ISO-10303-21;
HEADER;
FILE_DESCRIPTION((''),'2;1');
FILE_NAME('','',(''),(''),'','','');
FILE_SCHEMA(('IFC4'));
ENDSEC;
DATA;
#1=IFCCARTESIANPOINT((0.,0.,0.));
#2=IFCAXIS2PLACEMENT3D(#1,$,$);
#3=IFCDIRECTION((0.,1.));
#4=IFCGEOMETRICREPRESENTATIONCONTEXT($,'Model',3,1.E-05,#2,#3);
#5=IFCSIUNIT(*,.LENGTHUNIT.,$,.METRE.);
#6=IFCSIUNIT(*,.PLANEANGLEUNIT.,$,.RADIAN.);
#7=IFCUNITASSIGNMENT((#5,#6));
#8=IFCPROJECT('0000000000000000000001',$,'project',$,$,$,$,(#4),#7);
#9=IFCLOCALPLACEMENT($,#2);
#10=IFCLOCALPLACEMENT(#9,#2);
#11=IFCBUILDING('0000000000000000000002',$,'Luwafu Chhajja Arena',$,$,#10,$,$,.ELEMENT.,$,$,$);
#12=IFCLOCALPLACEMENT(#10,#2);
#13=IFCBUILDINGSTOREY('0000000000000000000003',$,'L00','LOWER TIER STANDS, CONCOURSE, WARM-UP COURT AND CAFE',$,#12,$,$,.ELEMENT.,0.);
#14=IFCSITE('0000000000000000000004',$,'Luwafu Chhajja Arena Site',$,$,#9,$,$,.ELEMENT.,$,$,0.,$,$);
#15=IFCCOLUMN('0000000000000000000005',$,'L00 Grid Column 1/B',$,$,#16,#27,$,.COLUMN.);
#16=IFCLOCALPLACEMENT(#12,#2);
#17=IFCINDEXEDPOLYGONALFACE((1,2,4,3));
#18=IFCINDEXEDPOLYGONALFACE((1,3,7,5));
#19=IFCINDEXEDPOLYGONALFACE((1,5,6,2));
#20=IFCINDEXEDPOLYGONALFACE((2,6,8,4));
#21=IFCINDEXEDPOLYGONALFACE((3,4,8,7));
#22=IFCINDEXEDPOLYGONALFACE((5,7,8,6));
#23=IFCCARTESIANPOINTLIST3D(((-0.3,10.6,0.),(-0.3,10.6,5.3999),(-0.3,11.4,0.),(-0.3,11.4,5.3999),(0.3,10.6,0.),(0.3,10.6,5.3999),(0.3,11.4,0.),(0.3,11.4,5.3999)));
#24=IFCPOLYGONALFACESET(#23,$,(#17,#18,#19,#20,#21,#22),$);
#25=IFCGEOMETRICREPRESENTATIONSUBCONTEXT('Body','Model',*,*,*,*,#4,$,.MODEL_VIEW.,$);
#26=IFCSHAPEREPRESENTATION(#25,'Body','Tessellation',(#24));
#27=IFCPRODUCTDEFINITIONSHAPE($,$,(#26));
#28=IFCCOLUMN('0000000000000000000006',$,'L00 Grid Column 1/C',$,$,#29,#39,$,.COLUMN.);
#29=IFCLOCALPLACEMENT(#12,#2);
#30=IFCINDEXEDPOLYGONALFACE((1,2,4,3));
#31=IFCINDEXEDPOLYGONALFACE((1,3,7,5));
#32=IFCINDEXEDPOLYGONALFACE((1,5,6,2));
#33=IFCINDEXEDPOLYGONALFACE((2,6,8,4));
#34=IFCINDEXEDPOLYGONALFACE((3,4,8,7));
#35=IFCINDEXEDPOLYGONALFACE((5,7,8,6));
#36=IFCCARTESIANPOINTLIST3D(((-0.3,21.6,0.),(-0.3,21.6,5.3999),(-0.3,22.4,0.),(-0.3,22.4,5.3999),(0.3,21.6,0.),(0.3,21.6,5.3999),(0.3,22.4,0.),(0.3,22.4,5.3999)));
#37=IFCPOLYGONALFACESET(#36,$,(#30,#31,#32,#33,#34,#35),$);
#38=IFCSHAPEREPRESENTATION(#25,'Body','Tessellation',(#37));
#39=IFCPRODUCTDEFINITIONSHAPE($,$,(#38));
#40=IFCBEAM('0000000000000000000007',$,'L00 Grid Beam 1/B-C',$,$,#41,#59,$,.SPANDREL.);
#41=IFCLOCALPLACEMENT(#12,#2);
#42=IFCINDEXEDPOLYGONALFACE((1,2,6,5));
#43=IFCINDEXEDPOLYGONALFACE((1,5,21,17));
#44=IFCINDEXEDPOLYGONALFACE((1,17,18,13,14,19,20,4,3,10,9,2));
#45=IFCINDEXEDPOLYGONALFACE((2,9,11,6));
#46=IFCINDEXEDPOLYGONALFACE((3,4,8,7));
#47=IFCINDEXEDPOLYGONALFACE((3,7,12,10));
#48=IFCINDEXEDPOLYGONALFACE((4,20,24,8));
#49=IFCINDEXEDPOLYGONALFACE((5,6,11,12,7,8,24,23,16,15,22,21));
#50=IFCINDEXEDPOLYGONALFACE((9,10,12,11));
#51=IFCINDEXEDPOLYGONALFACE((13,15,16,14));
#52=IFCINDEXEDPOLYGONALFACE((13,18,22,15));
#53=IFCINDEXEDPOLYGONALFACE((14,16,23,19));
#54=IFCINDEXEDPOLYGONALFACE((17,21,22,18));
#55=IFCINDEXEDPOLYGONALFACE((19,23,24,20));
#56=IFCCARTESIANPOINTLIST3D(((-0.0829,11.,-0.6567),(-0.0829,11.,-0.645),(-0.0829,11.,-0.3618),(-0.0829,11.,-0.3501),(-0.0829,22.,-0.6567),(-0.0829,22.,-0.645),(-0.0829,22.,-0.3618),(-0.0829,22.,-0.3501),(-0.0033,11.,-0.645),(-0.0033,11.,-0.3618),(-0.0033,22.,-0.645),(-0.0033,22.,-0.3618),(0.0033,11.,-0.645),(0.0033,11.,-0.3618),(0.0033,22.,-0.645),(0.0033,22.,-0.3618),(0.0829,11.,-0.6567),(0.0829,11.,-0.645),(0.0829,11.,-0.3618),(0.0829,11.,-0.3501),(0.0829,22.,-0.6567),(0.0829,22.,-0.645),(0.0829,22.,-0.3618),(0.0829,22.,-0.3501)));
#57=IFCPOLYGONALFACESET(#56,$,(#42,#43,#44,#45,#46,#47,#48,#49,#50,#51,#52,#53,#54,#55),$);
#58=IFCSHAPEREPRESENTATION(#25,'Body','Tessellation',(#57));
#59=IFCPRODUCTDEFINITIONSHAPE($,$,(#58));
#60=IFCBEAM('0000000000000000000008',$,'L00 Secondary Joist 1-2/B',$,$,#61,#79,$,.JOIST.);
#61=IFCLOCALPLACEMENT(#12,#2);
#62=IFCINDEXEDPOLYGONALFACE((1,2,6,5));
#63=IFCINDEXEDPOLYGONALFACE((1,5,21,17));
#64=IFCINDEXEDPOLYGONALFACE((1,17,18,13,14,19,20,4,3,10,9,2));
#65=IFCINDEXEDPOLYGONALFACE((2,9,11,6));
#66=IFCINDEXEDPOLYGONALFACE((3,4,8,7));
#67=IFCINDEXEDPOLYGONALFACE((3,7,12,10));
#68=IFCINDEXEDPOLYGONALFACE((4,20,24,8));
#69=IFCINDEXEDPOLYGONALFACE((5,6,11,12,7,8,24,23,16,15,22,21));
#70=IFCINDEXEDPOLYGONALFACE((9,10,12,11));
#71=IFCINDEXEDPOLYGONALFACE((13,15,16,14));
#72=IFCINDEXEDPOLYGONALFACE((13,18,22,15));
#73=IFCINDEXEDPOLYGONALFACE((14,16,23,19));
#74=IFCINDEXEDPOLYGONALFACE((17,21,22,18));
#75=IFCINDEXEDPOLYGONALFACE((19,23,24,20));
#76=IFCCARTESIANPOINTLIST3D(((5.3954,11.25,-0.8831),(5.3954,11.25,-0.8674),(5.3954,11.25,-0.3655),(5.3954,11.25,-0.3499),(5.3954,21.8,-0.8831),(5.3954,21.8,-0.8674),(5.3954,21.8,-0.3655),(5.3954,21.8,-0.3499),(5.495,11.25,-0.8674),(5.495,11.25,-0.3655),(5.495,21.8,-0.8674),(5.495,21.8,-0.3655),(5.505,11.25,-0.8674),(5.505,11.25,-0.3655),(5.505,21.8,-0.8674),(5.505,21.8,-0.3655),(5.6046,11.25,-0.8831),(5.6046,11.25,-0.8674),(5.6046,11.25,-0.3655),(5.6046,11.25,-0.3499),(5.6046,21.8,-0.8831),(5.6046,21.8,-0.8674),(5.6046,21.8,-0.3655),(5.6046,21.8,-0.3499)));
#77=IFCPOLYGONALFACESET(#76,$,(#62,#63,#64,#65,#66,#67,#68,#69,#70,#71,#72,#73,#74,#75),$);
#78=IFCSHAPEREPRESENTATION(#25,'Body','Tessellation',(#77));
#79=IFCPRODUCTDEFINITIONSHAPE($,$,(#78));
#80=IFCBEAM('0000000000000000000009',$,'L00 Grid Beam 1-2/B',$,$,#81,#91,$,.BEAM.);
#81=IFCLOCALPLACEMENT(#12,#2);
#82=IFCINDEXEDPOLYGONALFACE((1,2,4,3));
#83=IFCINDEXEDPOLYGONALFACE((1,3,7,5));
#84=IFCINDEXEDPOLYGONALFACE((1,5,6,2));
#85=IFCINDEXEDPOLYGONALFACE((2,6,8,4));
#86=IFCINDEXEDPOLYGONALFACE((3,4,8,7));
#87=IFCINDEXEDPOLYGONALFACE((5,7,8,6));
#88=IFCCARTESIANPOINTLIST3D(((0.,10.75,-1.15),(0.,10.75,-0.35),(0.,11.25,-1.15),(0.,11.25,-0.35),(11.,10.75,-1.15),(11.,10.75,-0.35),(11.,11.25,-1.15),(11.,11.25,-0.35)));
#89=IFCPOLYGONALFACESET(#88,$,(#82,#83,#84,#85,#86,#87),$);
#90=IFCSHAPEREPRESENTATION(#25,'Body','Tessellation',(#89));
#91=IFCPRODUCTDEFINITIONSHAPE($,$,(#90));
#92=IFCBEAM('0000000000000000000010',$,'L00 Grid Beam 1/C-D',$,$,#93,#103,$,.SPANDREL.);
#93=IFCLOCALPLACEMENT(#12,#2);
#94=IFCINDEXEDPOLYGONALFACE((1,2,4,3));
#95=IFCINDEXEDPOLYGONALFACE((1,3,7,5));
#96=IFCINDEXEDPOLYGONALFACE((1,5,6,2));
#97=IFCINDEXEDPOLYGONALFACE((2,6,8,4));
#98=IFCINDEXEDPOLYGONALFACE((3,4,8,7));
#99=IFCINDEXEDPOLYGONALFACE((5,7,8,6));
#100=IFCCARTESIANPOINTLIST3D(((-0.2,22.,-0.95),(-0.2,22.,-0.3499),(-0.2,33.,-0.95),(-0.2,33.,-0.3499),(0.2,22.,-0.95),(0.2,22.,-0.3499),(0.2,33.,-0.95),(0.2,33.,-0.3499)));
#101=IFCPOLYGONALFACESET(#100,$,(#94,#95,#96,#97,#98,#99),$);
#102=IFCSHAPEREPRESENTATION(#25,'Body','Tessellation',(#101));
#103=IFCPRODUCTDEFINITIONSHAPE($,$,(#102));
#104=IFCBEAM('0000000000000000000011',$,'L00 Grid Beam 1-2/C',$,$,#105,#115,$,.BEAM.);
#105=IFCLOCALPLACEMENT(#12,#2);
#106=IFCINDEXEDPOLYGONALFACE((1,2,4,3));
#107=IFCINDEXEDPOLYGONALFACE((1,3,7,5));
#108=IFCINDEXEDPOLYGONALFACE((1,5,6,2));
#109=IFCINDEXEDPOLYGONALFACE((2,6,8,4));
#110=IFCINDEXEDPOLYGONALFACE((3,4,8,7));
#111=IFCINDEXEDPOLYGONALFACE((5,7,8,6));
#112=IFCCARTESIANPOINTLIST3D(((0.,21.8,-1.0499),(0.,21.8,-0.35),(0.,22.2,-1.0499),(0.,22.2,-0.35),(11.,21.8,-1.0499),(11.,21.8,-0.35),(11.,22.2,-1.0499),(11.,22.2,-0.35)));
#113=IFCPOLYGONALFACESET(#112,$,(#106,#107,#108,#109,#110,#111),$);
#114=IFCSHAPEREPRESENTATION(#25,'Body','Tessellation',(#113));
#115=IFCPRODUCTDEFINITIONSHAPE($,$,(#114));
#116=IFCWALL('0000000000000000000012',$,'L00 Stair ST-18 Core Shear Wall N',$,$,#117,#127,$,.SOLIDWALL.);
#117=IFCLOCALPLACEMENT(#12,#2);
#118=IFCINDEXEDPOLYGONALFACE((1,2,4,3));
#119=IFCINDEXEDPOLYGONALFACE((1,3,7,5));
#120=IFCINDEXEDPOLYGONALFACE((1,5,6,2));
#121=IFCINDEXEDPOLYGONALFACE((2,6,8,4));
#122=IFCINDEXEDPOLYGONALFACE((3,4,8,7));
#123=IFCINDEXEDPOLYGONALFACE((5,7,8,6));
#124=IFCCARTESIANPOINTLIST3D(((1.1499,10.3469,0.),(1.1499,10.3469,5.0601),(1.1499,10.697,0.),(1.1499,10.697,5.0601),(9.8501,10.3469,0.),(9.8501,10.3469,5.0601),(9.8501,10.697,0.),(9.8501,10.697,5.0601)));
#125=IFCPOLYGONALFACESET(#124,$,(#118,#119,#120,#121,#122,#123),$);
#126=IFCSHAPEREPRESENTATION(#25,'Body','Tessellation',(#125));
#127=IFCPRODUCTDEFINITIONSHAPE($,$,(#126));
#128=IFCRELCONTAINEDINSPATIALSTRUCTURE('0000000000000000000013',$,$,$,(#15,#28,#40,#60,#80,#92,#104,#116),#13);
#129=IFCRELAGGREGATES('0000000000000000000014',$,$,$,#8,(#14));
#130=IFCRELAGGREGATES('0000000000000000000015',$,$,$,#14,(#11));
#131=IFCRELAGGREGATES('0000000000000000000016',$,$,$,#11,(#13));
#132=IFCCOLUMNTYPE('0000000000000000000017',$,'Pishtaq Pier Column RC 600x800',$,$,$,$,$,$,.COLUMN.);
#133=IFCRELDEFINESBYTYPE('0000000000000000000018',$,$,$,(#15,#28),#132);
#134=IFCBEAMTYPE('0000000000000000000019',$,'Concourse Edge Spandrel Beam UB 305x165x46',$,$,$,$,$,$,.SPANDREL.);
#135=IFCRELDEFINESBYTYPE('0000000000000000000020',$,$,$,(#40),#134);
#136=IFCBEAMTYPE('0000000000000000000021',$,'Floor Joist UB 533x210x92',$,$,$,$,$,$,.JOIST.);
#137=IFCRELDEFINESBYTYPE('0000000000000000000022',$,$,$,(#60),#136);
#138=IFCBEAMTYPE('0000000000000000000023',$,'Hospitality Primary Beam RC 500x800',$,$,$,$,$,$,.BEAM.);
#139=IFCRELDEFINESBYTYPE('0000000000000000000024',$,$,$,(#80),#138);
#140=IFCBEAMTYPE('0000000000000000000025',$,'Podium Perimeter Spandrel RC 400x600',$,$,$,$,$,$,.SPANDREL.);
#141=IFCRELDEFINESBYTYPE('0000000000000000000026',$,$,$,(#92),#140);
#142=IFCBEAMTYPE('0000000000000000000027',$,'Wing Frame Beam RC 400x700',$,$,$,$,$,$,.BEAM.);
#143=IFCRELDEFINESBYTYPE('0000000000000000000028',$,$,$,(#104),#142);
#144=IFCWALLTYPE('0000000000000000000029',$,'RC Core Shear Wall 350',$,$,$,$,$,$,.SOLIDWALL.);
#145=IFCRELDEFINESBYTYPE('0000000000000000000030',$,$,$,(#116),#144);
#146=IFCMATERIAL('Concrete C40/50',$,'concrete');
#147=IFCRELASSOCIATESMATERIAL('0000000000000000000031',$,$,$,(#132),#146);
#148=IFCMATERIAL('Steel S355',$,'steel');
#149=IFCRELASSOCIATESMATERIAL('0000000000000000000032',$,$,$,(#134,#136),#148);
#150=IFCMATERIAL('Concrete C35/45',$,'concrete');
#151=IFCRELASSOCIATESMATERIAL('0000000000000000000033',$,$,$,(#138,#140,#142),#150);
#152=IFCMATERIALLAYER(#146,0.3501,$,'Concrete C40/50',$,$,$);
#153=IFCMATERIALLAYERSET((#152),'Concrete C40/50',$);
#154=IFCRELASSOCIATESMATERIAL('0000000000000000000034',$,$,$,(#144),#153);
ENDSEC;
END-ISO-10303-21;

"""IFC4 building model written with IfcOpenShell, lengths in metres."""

from ifc_helpers import new_model, si_unit, direction, frame, frame_2d, origin, origin_2d, place, context, subcontext, project, spatial, rectangle, i_section, extrude, material, layer, layer_set, material_profile, profile_set, type_object, element, save


model = new_model("IFC4")

# Units and contexts
model_context = context("Model", 3, precision=1e-05, world=origin(), true_north=direction((0.0, 1.0)))
body_context = subcontext(model_context, "Body", "Model", "MODEL_VIEW")
ifc_project = project(units=[si_unit("LENGTHUNIT", "METRE"), si_unit("PLANEANGLEUNIT", "RADIAN")], contexts=[model_context])

# Site, building, storey
site_placement = place(None, origin())
site = spatial("IfcSite", under=ifc_project, at=site_placement, Name="Luwafu Chhajja Arena Site", CompositionType="ELEMENT", RefElevation=0.0)
building_placement = place(site_placement, origin())
building = spatial("IfcBuilding", under=site, at=building_placement, Name="Luwafu Chhajja Arena", CompositionType="ELEMENT")
storey_placement = place(building_placement, origin())
storey = spatial("IfcBuildingStorey", under=building, at=storey_placement, Name="L00", Description="LOWER TIER STANDS, CONCOURSE, WARM-UP COURT AND CAFE", CompositionType="ELEMENT", Elevation=0.0)

# Columns
ifc_material_1 = material(Name="Concrete C40/50", Category="concrete")
ifc_material_profile_1 = material_profile(ifc_material_1, rectangle(XDim=0.6001, YDim=0.8, at=origin_2d()), Name="RC 600x800")
ifc_profile_set_1 = profile_set([ifc_material_profile_1], Name="Concrete C40/50")
column_type = type_object("IfcColumnType", Name="Pishtaq Pier Column RC 600x800", PredefinedType="COLUMN", material=ifc_profile_set_1)
for number, where, z_axis, x_axis, name in (
    (1, (0.0, 11.0, 0.0), (0.0, 0.0, 1.0), (1.0, 0.0, 0.0), "L00 Grid Column 1/B"),
    (2, (0.0, 22.0, 0.0), (0.0, 0.0, 1.0), (1.0, 0.0, 0.0), "L00 Grid Column 1/C"),
):
    element("IfcColumn", number, at=place(storey_placement, frame(where, z_axis=z_axis, x_axis=x_axis)), inside=storey, type_object=column_type, Name=name, PredefinedType="COLUMN", context=body_context, shape_type="SweptSolid", body=[
        extrude(rectangle(XDim=0.6001, YDim=0.8, at=origin_2d()), origin(), (0.0, 0.0, 1.0), 5.3999),
    ])

# Beams
ifc_material_2 = material(Name="Steel S355", Category="steel")
ifc_material_profile_2 = material_profile(ifc_material_2, i_section(OverallWidth=0.1658, OverallDepth=0.3066, WebThickness=0.0066, FlangeThickness=0.0117, at=origin_2d()), Name="UB 305x165x46")
ifc_profile_set_2 = profile_set([ifc_material_profile_2], Name="Steel S355")
beam_type_1 = type_object("IfcBeamType", Name="Concourse Edge Spandrel Beam UB 305x165x46", PredefinedType="SPANDREL", material=ifc_profile_set_2)
beam_1_placement = place(storey_placement, frame((0.0, 11.0, -0.5034), z_axis=(0.0, 1.0, 0.0), x_axis=(-1.0, 0.0, 0.0)))
element("IfcBeam", 3, at=beam_1_placement, inside=storey, type_object=beam_type_1, Name="L00 Grid Beam 1/B-C", PredefinedType="SPANDREL", context=body_context, shape_type="SweptSolid", body=[
    extrude(i_section(OverallWidth=0.1658, OverallDepth=0.3066, WebThickness=0.0066, FlangeThickness=0.0117, at=origin_2d()), origin(), (0.0, 0.0, 1.0), 11.0),
])
ifc_material_profile_3 = material_profile(ifc_material_2, i_section(OverallWidth=0.2092, OverallDepth=0.5332, WebThickness=0.01, FlangeThickness=0.0156, at=origin_2d()), Name="UB 533x210x92")
ifc_profile_set_3 = profile_set([ifc_material_profile_3], Name="Steel S355")
beam_type_2 = type_object("IfcBeamType", Name="Floor Joist UB 533x210x92", PredefinedType="JOIST", material=ifc_profile_set_3)
beam_2_placement = place(storey_placement, frame((5.5, 11.25, -0.6165), z_axis=(0.0, 1.0, 0.0), x_axis=(-1.0, 0.0, 0.0)))
element("IfcBeam", 4, at=beam_2_placement, inside=storey, type_object=beam_type_2, Name="L00 Secondary Joist 1-2/B", PredefinedType="JOIST", context=body_context, shape_type="SweptSolid", body=[
    extrude(i_section(OverallWidth=0.2092, OverallDepth=0.5332, WebThickness=0.01, FlangeThickness=0.0156, at=origin_2d()), origin(), (0.0, 0.0, 1.0), 10.55),
])
ifc_material_3 = material(Name="Concrete C35/45", Category="concrete")
ifc_material_profile_4 = material_profile(ifc_material_3, rectangle(XDim=0.5, YDim=0.8, at=origin_2d()), Name="RC 500x800")
ifc_profile_set_4 = profile_set([ifc_material_profile_4], Name="Concrete C35/45")
beam_type_3 = type_object("IfcBeamType", Name="Hospitality Primary Beam RC 500x800", PredefinedType="BEAM", material=ifc_profile_set_4)
beam_3_placement = place(storey_placement, frame((0.0, 11.0, -0.75), z_axis=(1.0, 0.0, 0.0), x_axis=(0.0, 1.0, 0.0)))
element("IfcBeam", 5, at=beam_3_placement, inside=storey, type_object=beam_type_3, Name="L00 Grid Beam 1-2/B", PredefinedType="BEAM", context=body_context, shape_type="SweptSolid", body=[
    extrude(rectangle(XDim=0.5, YDim=0.8, at=origin_2d()), origin(), (0.0, 0.0, 1.0), 11.0),
])
ifc_material_profile_5 = material_profile(ifc_material_3, rectangle(XDim=0.3999, YDim=0.6001, at=origin_2d()), Name="RC 400x600")
ifc_profile_set_5 = profile_set([ifc_material_profile_5], Name="Concrete C35/45")
beam_type_4 = type_object("IfcBeamType", Name="Podium Perimeter Spandrel RC 400x600", PredefinedType="SPANDREL", material=ifc_profile_set_5)
beam_4_placement = place(storey_placement, frame((0.0, 22.0, -0.6499), z_axis=(0.0, 1.0, 0.0), x_axis=(-1.0, 0.0, 0.0)))
element("IfcBeam", 6, at=beam_4_placement, inside=storey, type_object=beam_type_4, Name="L00 Grid Beam 1/C-D", PredefinedType="SPANDREL", context=body_context, shape_type="SweptSolid", body=[
    extrude(rectangle(XDim=0.3999, YDim=0.6001, at=origin_2d()), origin(), (0.0, 0.0, 1.0), 11.0),
])
ifc_material_profile_6 = material_profile(ifc_material_3, rectangle(XDim=0.3999, YDim=0.7, at=origin_2d()), Name="RC 400x700")
ifc_profile_set_6 = profile_set([ifc_material_profile_6], Name="Concrete C35/45")
beam_type_5 = type_object("IfcBeamType", Name="Wing Frame Beam RC 400x700", PredefinedType="BEAM", material=ifc_profile_set_6)
beam_5_placement = place(storey_placement, frame((0.0, 22.0, -0.7), z_axis=(1.0, 0.0, 0.0), x_axis=(0.0, 1.0, 0.0)))
element("IfcBeam", 7, at=beam_5_placement, inside=storey, type_object=beam_type_5, Name="L00 Grid Beam 1-2/C", PredefinedType="BEAM", context=body_context, shape_type="SweptSolid", body=[
    extrude(rectangle(XDim=0.3999, YDim=0.7, at=origin_2d()), origin(), (0.0, 0.0, 1.0), 11.0),
])

# Wall
ifc_layer_1 = layer(ifc_material_1, 0.3501, Name="Concrete C40/50")
ifc_layer_set_1 = layer_set([ifc_layer_1], Name="Concrete C40/50")
wall_type_1 = type_object("IfcWallType", Name="RC Core Shear Wall 350", PredefinedType="SOLIDWALL", material=ifc_layer_set_1)
wall_1_placement = place(storey_placement, frame((1.1499, 10.522, 0.0), z_axis=(0.0, 0.0, 1.0), x_axis=(1.0, 0.0, 0.0)))
element("IfcWall", 8, at=wall_1_placement, inside=storey, type_object=wall_type_1, Name="L00 Stair ST-18 Core Shear Wall N", PredefinedType="SOLIDWALL", context=body_context, shape_type="SweptSolid", body=[
    extrude(rectangle(XDim=8.7002, YDim=0.3501, at=frame_2d((4.3501, 0.0))), origin(), (0.0, 0.0, 1.0), 5.0601),
])

save(model, "model.ifc")
